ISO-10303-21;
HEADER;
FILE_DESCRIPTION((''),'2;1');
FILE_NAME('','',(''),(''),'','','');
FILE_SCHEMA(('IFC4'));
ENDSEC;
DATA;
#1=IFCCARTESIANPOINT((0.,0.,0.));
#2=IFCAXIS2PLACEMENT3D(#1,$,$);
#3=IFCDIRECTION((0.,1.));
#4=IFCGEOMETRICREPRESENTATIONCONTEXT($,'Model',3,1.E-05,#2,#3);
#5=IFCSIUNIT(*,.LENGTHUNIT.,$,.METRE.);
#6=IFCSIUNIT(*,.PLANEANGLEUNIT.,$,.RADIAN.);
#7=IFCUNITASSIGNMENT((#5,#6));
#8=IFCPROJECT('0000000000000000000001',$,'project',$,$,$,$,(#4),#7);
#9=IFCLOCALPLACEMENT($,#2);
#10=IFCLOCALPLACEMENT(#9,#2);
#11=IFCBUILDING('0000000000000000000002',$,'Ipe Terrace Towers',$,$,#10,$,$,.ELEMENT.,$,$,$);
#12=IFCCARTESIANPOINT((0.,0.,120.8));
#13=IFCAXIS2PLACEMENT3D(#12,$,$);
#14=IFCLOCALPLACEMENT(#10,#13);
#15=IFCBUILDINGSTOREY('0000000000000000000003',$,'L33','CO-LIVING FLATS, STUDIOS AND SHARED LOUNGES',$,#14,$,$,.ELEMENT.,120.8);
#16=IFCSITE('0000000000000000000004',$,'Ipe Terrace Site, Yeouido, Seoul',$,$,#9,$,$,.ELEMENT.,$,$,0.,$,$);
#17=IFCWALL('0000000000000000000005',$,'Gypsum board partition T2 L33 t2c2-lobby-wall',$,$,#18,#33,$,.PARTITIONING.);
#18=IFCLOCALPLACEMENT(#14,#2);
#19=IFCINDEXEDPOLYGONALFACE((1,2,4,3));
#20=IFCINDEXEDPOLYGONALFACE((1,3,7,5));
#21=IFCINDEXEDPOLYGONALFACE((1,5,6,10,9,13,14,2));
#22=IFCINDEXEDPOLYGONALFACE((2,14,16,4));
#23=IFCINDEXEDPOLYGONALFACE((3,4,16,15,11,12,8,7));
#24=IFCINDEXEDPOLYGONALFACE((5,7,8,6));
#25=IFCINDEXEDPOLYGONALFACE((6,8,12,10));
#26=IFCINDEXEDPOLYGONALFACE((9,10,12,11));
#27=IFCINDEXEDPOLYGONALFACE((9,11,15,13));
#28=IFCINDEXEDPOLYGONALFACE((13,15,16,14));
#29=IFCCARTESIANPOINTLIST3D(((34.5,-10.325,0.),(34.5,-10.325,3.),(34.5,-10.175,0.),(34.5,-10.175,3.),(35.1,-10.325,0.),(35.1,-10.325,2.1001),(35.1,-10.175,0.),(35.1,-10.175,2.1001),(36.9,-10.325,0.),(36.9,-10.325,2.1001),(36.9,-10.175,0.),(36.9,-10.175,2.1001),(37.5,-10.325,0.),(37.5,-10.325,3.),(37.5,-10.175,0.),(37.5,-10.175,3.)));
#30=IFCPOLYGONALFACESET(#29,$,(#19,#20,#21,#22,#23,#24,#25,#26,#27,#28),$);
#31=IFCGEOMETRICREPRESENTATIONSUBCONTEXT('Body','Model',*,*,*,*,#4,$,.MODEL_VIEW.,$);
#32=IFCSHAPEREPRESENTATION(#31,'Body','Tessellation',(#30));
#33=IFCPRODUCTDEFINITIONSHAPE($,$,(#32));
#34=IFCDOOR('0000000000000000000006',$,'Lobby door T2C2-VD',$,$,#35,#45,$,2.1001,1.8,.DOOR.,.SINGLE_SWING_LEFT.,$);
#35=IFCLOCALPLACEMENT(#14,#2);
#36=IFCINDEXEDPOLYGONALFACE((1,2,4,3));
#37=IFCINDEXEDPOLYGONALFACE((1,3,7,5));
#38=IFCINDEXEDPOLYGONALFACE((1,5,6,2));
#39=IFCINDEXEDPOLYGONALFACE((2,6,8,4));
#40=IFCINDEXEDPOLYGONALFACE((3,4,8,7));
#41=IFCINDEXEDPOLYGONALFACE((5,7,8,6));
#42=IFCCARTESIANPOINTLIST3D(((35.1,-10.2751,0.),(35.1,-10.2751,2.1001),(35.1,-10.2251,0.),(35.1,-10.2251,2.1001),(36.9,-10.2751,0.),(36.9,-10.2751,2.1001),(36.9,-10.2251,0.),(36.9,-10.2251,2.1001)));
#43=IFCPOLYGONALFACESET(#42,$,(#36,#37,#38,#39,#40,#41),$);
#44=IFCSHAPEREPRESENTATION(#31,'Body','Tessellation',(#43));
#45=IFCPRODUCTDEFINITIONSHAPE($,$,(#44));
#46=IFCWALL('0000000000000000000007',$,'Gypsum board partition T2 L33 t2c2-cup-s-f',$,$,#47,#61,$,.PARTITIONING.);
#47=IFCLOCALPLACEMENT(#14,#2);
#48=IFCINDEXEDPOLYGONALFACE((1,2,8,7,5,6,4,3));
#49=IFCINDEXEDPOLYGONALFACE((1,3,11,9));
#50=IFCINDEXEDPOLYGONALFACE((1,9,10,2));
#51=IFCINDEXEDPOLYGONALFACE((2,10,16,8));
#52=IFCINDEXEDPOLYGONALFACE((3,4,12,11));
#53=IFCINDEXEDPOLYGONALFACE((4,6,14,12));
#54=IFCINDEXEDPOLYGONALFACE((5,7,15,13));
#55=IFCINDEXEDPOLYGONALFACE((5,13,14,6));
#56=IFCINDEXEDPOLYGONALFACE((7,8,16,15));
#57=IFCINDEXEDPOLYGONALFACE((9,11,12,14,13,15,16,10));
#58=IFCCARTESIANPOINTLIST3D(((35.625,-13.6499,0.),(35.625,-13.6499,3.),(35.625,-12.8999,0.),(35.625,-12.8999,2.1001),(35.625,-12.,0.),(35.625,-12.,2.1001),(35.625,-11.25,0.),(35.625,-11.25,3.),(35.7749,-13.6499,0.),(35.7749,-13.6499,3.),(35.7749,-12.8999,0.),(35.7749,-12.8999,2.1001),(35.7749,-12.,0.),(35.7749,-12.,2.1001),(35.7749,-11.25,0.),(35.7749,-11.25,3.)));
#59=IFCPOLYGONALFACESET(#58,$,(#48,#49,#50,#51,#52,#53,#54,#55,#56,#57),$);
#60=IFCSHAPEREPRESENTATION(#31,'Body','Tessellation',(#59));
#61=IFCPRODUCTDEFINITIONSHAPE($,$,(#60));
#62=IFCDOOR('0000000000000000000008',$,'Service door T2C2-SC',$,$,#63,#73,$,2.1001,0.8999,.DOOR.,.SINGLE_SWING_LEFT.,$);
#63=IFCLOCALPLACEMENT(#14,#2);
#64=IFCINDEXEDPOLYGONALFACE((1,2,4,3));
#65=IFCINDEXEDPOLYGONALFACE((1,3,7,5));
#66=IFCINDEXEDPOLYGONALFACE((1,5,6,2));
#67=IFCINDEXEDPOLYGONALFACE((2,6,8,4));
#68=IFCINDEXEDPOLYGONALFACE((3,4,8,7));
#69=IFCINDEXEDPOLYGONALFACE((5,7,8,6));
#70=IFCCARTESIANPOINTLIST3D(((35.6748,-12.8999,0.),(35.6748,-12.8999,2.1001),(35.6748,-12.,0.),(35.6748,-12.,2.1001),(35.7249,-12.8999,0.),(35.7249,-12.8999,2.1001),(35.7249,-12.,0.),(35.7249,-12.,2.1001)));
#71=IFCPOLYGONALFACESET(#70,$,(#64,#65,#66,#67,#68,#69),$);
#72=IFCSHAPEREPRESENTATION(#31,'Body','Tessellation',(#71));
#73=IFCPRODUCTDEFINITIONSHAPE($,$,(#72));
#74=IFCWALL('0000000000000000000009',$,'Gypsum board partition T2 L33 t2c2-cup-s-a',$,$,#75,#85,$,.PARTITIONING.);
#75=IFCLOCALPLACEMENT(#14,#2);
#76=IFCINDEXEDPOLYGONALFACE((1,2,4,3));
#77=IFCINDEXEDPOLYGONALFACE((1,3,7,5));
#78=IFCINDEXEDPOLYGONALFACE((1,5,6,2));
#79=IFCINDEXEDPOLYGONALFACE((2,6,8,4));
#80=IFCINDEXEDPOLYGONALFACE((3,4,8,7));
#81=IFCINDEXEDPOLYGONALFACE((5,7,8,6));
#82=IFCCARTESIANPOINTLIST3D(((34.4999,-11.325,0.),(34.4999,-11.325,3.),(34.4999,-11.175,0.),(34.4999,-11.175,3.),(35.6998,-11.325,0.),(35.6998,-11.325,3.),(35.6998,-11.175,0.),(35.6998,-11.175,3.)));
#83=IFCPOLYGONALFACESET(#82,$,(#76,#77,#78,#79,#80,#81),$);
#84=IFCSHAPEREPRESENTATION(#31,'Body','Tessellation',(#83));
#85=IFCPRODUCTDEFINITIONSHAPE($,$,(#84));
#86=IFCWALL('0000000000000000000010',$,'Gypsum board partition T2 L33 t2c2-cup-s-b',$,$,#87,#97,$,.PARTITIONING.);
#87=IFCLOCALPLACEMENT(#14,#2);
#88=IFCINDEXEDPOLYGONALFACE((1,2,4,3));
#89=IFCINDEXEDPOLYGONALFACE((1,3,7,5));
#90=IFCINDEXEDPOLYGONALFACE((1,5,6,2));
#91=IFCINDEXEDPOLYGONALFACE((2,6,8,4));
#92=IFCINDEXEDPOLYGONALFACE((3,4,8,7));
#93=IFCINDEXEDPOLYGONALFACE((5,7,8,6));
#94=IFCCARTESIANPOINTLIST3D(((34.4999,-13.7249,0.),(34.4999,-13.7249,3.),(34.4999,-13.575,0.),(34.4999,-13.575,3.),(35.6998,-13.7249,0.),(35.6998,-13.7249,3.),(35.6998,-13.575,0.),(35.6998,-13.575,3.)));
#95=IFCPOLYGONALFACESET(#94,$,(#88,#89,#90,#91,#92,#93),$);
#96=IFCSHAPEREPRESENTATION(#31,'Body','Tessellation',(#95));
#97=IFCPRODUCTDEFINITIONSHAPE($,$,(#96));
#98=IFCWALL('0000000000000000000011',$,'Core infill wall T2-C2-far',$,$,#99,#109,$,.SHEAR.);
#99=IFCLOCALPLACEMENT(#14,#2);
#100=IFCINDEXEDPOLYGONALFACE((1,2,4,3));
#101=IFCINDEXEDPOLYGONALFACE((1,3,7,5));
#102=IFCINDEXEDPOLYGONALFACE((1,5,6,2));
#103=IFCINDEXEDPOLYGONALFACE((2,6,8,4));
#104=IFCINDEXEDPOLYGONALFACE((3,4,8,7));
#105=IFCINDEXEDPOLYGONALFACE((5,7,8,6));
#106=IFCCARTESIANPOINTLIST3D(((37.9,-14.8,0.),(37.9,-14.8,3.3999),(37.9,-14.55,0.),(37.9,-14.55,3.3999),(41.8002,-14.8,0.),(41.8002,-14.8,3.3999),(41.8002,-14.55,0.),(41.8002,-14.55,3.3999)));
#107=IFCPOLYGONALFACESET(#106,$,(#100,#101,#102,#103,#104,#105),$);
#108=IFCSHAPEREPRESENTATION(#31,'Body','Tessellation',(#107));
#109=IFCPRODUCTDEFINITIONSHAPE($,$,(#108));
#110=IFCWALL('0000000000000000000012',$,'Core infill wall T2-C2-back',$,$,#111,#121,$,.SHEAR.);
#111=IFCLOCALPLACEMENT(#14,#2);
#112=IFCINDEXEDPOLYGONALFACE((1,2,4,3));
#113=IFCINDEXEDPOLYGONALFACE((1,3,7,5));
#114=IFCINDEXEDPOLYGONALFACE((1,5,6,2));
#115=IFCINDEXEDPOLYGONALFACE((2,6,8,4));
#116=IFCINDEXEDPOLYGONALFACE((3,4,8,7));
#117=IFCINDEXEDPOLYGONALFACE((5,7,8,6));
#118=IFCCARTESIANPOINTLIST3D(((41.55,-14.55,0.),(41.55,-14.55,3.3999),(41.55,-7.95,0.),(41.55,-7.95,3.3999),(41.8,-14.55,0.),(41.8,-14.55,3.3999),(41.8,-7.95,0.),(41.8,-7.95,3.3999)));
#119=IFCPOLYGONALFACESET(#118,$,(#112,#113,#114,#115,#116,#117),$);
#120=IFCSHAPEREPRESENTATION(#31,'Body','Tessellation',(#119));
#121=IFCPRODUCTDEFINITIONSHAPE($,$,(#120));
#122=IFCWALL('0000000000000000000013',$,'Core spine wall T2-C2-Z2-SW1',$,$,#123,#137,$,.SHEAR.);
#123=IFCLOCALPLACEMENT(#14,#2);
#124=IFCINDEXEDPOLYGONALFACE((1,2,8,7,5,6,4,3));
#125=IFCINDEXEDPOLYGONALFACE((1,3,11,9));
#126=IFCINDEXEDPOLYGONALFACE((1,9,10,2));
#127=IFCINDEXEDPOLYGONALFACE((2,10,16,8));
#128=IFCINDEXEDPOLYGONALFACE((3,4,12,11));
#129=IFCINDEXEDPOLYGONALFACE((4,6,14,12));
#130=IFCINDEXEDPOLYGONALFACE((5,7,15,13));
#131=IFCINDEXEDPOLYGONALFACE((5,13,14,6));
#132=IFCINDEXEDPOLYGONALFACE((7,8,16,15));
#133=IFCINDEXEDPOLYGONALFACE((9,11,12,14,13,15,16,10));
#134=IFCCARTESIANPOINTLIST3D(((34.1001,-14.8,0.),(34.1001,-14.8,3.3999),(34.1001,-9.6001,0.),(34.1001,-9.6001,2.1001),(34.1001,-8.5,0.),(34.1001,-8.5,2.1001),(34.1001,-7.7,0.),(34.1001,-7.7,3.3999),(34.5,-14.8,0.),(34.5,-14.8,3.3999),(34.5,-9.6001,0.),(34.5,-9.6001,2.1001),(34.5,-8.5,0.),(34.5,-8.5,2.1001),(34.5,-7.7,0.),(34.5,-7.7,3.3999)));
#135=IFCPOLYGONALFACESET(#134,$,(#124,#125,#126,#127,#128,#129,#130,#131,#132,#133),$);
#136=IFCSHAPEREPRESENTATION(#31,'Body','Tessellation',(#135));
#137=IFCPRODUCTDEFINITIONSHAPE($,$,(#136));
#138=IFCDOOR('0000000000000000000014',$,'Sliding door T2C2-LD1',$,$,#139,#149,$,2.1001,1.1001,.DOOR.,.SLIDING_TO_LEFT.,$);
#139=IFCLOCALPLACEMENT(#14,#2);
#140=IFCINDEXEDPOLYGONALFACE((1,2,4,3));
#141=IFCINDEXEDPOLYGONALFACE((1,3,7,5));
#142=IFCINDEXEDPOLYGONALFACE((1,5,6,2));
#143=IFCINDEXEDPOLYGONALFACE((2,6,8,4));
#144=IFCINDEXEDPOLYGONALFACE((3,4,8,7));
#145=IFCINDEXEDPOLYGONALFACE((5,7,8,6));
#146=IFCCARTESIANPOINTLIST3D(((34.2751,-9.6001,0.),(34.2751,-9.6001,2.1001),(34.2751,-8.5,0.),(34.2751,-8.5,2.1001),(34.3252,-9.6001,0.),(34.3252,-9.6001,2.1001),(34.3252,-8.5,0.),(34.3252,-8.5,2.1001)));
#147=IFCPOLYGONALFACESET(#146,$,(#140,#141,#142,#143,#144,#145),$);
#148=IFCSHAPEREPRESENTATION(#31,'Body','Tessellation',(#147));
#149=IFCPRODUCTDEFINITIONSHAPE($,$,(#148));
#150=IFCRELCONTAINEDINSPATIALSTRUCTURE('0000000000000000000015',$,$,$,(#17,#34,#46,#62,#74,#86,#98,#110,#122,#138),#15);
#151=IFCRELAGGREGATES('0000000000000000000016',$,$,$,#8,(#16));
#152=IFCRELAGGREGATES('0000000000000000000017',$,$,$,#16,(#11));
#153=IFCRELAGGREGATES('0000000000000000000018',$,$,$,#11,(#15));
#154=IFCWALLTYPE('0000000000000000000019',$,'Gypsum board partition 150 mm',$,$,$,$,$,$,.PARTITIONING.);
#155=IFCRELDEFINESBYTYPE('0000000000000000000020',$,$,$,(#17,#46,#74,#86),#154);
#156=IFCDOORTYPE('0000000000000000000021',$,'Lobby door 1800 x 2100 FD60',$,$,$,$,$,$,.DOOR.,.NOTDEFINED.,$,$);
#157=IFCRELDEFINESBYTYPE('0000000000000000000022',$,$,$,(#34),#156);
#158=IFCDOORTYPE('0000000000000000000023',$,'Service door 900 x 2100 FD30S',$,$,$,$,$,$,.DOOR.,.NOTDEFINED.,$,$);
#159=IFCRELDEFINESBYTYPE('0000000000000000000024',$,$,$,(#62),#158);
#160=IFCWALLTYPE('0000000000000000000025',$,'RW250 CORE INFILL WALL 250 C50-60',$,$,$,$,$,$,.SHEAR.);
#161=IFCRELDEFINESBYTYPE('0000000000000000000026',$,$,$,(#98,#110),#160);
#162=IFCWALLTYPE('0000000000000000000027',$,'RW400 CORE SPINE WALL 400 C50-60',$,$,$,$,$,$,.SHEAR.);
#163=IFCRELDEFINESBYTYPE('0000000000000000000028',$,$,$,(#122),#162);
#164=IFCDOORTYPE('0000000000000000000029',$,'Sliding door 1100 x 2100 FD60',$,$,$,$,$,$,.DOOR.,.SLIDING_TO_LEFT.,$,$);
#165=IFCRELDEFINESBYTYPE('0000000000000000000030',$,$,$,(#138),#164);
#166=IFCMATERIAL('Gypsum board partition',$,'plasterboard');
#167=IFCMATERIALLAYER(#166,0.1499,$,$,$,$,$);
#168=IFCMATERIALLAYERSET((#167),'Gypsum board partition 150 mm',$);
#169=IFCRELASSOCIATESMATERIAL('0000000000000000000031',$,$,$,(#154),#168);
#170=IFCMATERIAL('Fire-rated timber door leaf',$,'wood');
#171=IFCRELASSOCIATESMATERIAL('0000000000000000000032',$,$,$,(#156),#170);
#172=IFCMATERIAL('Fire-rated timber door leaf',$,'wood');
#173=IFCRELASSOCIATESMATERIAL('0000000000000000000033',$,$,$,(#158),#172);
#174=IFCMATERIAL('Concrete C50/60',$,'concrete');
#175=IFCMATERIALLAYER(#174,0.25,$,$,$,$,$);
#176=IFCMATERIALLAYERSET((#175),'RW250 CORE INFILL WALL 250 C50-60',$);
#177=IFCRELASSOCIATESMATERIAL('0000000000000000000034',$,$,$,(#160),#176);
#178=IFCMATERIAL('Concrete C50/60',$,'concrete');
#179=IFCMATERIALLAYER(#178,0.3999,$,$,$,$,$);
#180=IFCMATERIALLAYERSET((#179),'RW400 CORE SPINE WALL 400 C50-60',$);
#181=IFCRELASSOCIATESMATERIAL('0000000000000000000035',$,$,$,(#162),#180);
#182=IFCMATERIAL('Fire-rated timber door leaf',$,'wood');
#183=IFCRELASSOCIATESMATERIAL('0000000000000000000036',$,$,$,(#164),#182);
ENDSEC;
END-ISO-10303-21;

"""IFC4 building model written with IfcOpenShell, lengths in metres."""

from ifc_helpers import new_model, si_unit, direction, frame, frame_2d, origin, place, context, subcontext, project, spatial, rectangle, extrude, material, layer, layer_set, type_object, element, fill, save


model = new_model("IFC4")

# Units and contexts
model_context = context("Model", 3, precision=1e-05, world=origin(), true_north=direction((0.0, 1.0)))
body_context = subcontext(model_context, "Body", "Model", "MODEL_VIEW")
ifc_project = project(units=[si_unit("LENGTHUNIT", "METRE"), si_unit("PLANEANGLEUNIT", "RADIAN")], contexts=[model_context])

# Site, building, storey
site_placement = place(None, origin())
site = spatial("IfcSite", under=ifc_project, at=site_placement, Name="Ipe Terrace Site, Yeouido, Seoul", CompositionType="ELEMENT", RefElevation=0.0)
building_placement = place(site_placement, origin())
building = spatial("IfcBuilding", under=site, at=building_placement, Name="Ipe Terrace Towers", CompositionType="ELEMENT")
storey_placement = place(building_placement, frame((0.0, 0.0, 120.8)))
storey = spatial("IfcBuildingStorey", under=building, at=storey_placement, Name="L33", Description="CO-LIVING FLATS, STUDIOS AND SHARED LOUNGES", CompositionType="ELEMENT", Elevation=120.8)

# Walls, openings, doors
ifc_material_1 = material(Name="Gypsum board partition", Category="plasterboard")
ifc_layer_1 = layer(ifc_material_1, 0.1499)
ifc_layer_set_1 = layer_set([ifc_layer_1], Name="Gypsum board partition 150 mm")
wall_type_1 = type_object("IfcWallType", Name="Gypsum board partition 150 mm", PredefinedType="PARTITIONING", material=ifc_layer_set_1)
wall_1_placement = place(storey_placement, frame((34.5, -10.25, 0.0), z_axis=(0.0, 0.0, 1.0), x_axis=(1.0, 0.0, 0.0)))
wall_1 = element("IfcWall", 1, at=wall_1_placement, inside=storey, type_object=wall_type_1, Name="Gypsum board partition T2 L33 t2c2-lobby-wall", PredefinedType="PARTITIONING", context=body_context, shape_type="SweptSolid", body=[
    extrude(rectangle(XDim=3.0, YDim=0.1499, at=frame_2d((1.5, 0.0))), origin(), (0.0, 0.0, 1.0), 3.0),
])
opening_1_placement = place(wall_1_placement, frame((0.6001, 0.0, 0.0)))
opening_1 = element("IfcOpeningElement", 2, at=opening_1_placement, cuts=wall_1, PredefinedType="OPENING", context=body_context, shape_type="SweptSolid", body=[
    extrude(rectangle(XDim=1.8, YDim=2.1001, at=frame_2d((0.8999, 1.05))), frame((0.0, 0.085, 0.0), z_axis=(0.0, -1.0, 0.0), x_axis=(1.0, 0.0, 0.0)), (0.0, 0.0, 1.0), 0.1699),
])
ifc_material_2 = material(Name="Fire-rated timber door leaf", Category="wood")
door_type_1 = type_object("IfcDoorType", Name="Lobby door 1800 x 2100 FD60", OperationType="NOTDEFINED", PredefinedType="DOOR", material=ifc_material_2)
door_1_placement = place(opening_1_placement, origin())
door_1 = element("IfcDoor", 3, at=door_1_placement, inside=storey, type_object=door_type_1, Name="Lobby door T2C2-VD", OperationType="SINGLE_SWING_LEFT", OverallHeight=2.1001, OverallWidth=1.8, PredefinedType="DOOR", context=body_context, shape_type="SweptSolid", body=[
    extrude(rectangle(XDim=1.8, YDim=2.1001, at=frame_2d((0.8999, 1.05))), frame((0.0, 0.0249, 0.0), z_axis=(0.0, -1.0, 0.0), x_axis=(1.0, 0.0, 0.0)), (0.0, 0.0, 1.0), 0.05),
])
fill(opening_1, door_1)
wall_2_placement = place(storey_placement, frame((35.7, -11.25, 0.0), z_axis=(0.0, 0.0, 1.0), x_axis=(0.0, -1.0, 0.0)))
wall_2 = element("IfcWall", 4, at=wall_2_placement, inside=storey, type_object=wall_type_1, Name="Gypsum board partition T2 L33 t2c2-cup-s-f", PredefinedType="PARTITIONING", context=body_context, shape_type="SweptSolid", body=[
    extrude(rectangle(XDim=2.3999, YDim=0.1499, at=frame_2d((1.2, 0.0))), origin(), (0.0, 0.0, 1.0), 3.0),
])
opening_2_placement = place(wall_2_placement, frame((0.75, 0.0, 0.0)))
opening_2 = element("IfcOpeningElement", 5, at=opening_2_placement, cuts=wall_2, PredefinedType="OPENING", context=body_context, shape_type="SweptSolid", body=[
    extrude(rectangle(XDim=0.8999, YDim=2.1001, at=frame_2d((0.45, 1.05))), frame((0.0, 0.085, 0.0), z_axis=(0.0, -1.0, 0.0), x_axis=(1.0, 0.0, 0.0)), (0.0, 0.0, 1.0), 0.1699),
])
ifc_material_3 = material(Name="Fire-rated timber door leaf", Category="wood")
door_type_2 = type_object("IfcDoorType", Name="Service door 900 x 2100 FD30S", OperationType="NOTDEFINED", PredefinedType="DOOR", material=ifc_material_3)
door_2_placement = place(opening_2_placement, origin())
door_2 = element("IfcDoor", 6, at=door_2_placement, inside=storey, type_object=door_type_2, Name="Service door T2C2-SC", OperationType="SINGLE_SWING_LEFT", OverallHeight=2.1001, OverallWidth=0.8999, PredefinedType="DOOR", context=body_context, shape_type="SweptSolid", body=[
    extrude(rectangle(XDim=0.8999, YDim=2.1001, at=frame_2d((0.45, 1.05))), frame((0.0, 0.0249, 0.0), z_axis=(0.0, -1.0, 0.0), x_axis=(1.0, 0.0, 0.0)), (0.0, 0.0, 1.0), 0.05),
])
fill(opening_2, door_2)

# Walls
for number, where, z_axis, x_axis, name in (
    (7, (35.7, -11.25, 0.0), (0.0, 0.0, 1.0), (-1.0, 0.0, 0.0), "Gypsum board partition T2 L33 t2c2-cup-s-a"),
    (8, (35.7, -13.6499, 0.0), (0.0, 0.0, 1.0), (-1.0, 0.0, 0.0), "Gypsum board partition T2 L33 t2c2-cup-s-b"),
):
    element("IfcWall", number, at=place(storey_placement, frame(where, z_axis=z_axis, x_axis=x_axis)), inside=storey, type_object=wall_type_1, Name=name, PredefinedType="PARTITIONING", context=body_context, shape_type="SweptSolid", body=[
        extrude(rectangle(XDim=1.2, YDim=0.1499, at=frame_2d((0.6001, 0.0))), origin(), (0.0, 0.0, 1.0), 3.0),
    ])
ifc_material_4 = material(Name="Concrete C50/60", Category="concrete")
ifc_layer_2 = layer(ifc_material_4, 0.25)
ifc_layer_set_2 = layer_set([ifc_layer_2], Name="RW250 CORE INFILL WALL 250 C50-60")
wall_type_2 = type_object("IfcWallType", Name="RW250 CORE INFILL WALL 250 C50-60", PredefinedType="SHEAR", material=ifc_layer_set_2)
wall_3_placement = place(storey_placement, frame((37.8999, -14.675, 0.0), z_axis=(0.0, 0.0, 1.0), x_axis=(1.0, 0.0, 0.0)))
element("IfcWall", 9, at=wall_3_placement, inside=storey, type_object=wall_type_2, Name="Core infill wall T2-C2-far", PredefinedType="SHEAR", context=body_context, shape_type="SweptSolid", body=[
    extrude(rectangle(XDim=3.9001, YDim=0.25, at=frame_2d((1.9502, 0.0))), origin(), (0.0, 0.0, 1.0), 3.3999),
])
wall_4_placement = place(storey_placement, frame((41.675, -7.95, 0.0), z_axis=(0.0, 0.0, 1.0), x_axis=(0.0, -1.0, 0.0)))
element("IfcWall", 10, at=wall_4_placement, inside=storey, type_object=wall_type_2, Name="Core infill wall T2-C2-back", PredefinedType="SHEAR", context=body_context, shape_type="SweptSolid", body=[
    extrude(rectangle(XDim=6.6001, YDim=0.25, at=frame_2d((3.3, 0.0))), origin(), (0.0, 0.0, 1.0), 3.3999),
])

# Wall, opening, door
ifc_material_5 = material(Name="Concrete C50/60", Category="concrete")
ifc_layer_3 = layer(ifc_material_5, 0.3999)
ifc_layer_set_3 = layer_set([ifc_layer_3], Name="RW400 CORE SPINE WALL 400 C50-60")
wall_type_3 = type_object("IfcWallType", Name="RW400 CORE SPINE WALL 400 C50-60", PredefinedType="SHEAR", material=ifc_layer_set_3)
wall_5_placement = place(storey_placement, frame((34.3, -14.8, 0.0), z_axis=(0.0, 0.0, 1.0), x_axis=(0.0, 1.0, 0.0)))
wall_5 = element("IfcWall", 11, at=wall_5_placement, inside=storey, type_object=wall_type_3, Name="Core spine wall T2-C2-Z2-SW1", PredefinedType="SHEAR", context=body_context, shape_type="SweptSolid", body=[
    extrude(rectangle(XDim=7.1001, YDim=0.3999, at=frame_2d((3.55, 0.0))), origin(), (0.0, 0.0, 1.0), 3.3999),
])
opening_3_placement = place(wall_5_placement, frame((5.2, 0.0, 0.0)))
opening_3 = element("IfcOpeningElement", 12, at=opening_3_placement, cuts=wall_5, PredefinedType="OPENING", context=body_context, shape_type="SweptSolid", body=[
    extrude(rectangle(XDim=1.1001, YDim=2.1001, at=frame_2d((0.55, 1.05))), frame((0.0, 0.21, 0.0), z_axis=(0.0, -1.0, 0.0), x_axis=(1.0, 0.0, 0.0)), (0.0, 0.0, 1.0), 0.4199),
])
ifc_material_6 = material(Name="Fire-rated timber door leaf", Category="wood")
door_type_3 = type_object("IfcDoorType", Name="Sliding door 1100 x 2100 FD60", OperationType="SLIDING_TO_LEFT", PredefinedType="DOOR", material=ifc_material_6)
door_3_placement = place(opening_3_placement, origin())
door_3 = element("IfcDoor", 13, at=door_3_placement, inside=storey, type_object=door_type_3, Name="Sliding door T2C2-LD1", OperationType="SLIDING_TO_LEFT", OverallHeight=2.1001, OverallWidth=1.1001, PredefinedType="DOOR", context=body_context, shape_type="SweptSolid", body=[
    extrude(rectangle(XDim=1.1001, YDim=2.1001, at=frame_2d((0.55, 1.05))), frame((0.0, 0.0249, 0.0), z_axis=(0.0, -1.0, 0.0), x_axis=(1.0, 0.0, 0.0)), (0.0, 0.0, 1.0), 0.05),
])
fill(opening_3, door_3)

save(model, "model.ifc")
